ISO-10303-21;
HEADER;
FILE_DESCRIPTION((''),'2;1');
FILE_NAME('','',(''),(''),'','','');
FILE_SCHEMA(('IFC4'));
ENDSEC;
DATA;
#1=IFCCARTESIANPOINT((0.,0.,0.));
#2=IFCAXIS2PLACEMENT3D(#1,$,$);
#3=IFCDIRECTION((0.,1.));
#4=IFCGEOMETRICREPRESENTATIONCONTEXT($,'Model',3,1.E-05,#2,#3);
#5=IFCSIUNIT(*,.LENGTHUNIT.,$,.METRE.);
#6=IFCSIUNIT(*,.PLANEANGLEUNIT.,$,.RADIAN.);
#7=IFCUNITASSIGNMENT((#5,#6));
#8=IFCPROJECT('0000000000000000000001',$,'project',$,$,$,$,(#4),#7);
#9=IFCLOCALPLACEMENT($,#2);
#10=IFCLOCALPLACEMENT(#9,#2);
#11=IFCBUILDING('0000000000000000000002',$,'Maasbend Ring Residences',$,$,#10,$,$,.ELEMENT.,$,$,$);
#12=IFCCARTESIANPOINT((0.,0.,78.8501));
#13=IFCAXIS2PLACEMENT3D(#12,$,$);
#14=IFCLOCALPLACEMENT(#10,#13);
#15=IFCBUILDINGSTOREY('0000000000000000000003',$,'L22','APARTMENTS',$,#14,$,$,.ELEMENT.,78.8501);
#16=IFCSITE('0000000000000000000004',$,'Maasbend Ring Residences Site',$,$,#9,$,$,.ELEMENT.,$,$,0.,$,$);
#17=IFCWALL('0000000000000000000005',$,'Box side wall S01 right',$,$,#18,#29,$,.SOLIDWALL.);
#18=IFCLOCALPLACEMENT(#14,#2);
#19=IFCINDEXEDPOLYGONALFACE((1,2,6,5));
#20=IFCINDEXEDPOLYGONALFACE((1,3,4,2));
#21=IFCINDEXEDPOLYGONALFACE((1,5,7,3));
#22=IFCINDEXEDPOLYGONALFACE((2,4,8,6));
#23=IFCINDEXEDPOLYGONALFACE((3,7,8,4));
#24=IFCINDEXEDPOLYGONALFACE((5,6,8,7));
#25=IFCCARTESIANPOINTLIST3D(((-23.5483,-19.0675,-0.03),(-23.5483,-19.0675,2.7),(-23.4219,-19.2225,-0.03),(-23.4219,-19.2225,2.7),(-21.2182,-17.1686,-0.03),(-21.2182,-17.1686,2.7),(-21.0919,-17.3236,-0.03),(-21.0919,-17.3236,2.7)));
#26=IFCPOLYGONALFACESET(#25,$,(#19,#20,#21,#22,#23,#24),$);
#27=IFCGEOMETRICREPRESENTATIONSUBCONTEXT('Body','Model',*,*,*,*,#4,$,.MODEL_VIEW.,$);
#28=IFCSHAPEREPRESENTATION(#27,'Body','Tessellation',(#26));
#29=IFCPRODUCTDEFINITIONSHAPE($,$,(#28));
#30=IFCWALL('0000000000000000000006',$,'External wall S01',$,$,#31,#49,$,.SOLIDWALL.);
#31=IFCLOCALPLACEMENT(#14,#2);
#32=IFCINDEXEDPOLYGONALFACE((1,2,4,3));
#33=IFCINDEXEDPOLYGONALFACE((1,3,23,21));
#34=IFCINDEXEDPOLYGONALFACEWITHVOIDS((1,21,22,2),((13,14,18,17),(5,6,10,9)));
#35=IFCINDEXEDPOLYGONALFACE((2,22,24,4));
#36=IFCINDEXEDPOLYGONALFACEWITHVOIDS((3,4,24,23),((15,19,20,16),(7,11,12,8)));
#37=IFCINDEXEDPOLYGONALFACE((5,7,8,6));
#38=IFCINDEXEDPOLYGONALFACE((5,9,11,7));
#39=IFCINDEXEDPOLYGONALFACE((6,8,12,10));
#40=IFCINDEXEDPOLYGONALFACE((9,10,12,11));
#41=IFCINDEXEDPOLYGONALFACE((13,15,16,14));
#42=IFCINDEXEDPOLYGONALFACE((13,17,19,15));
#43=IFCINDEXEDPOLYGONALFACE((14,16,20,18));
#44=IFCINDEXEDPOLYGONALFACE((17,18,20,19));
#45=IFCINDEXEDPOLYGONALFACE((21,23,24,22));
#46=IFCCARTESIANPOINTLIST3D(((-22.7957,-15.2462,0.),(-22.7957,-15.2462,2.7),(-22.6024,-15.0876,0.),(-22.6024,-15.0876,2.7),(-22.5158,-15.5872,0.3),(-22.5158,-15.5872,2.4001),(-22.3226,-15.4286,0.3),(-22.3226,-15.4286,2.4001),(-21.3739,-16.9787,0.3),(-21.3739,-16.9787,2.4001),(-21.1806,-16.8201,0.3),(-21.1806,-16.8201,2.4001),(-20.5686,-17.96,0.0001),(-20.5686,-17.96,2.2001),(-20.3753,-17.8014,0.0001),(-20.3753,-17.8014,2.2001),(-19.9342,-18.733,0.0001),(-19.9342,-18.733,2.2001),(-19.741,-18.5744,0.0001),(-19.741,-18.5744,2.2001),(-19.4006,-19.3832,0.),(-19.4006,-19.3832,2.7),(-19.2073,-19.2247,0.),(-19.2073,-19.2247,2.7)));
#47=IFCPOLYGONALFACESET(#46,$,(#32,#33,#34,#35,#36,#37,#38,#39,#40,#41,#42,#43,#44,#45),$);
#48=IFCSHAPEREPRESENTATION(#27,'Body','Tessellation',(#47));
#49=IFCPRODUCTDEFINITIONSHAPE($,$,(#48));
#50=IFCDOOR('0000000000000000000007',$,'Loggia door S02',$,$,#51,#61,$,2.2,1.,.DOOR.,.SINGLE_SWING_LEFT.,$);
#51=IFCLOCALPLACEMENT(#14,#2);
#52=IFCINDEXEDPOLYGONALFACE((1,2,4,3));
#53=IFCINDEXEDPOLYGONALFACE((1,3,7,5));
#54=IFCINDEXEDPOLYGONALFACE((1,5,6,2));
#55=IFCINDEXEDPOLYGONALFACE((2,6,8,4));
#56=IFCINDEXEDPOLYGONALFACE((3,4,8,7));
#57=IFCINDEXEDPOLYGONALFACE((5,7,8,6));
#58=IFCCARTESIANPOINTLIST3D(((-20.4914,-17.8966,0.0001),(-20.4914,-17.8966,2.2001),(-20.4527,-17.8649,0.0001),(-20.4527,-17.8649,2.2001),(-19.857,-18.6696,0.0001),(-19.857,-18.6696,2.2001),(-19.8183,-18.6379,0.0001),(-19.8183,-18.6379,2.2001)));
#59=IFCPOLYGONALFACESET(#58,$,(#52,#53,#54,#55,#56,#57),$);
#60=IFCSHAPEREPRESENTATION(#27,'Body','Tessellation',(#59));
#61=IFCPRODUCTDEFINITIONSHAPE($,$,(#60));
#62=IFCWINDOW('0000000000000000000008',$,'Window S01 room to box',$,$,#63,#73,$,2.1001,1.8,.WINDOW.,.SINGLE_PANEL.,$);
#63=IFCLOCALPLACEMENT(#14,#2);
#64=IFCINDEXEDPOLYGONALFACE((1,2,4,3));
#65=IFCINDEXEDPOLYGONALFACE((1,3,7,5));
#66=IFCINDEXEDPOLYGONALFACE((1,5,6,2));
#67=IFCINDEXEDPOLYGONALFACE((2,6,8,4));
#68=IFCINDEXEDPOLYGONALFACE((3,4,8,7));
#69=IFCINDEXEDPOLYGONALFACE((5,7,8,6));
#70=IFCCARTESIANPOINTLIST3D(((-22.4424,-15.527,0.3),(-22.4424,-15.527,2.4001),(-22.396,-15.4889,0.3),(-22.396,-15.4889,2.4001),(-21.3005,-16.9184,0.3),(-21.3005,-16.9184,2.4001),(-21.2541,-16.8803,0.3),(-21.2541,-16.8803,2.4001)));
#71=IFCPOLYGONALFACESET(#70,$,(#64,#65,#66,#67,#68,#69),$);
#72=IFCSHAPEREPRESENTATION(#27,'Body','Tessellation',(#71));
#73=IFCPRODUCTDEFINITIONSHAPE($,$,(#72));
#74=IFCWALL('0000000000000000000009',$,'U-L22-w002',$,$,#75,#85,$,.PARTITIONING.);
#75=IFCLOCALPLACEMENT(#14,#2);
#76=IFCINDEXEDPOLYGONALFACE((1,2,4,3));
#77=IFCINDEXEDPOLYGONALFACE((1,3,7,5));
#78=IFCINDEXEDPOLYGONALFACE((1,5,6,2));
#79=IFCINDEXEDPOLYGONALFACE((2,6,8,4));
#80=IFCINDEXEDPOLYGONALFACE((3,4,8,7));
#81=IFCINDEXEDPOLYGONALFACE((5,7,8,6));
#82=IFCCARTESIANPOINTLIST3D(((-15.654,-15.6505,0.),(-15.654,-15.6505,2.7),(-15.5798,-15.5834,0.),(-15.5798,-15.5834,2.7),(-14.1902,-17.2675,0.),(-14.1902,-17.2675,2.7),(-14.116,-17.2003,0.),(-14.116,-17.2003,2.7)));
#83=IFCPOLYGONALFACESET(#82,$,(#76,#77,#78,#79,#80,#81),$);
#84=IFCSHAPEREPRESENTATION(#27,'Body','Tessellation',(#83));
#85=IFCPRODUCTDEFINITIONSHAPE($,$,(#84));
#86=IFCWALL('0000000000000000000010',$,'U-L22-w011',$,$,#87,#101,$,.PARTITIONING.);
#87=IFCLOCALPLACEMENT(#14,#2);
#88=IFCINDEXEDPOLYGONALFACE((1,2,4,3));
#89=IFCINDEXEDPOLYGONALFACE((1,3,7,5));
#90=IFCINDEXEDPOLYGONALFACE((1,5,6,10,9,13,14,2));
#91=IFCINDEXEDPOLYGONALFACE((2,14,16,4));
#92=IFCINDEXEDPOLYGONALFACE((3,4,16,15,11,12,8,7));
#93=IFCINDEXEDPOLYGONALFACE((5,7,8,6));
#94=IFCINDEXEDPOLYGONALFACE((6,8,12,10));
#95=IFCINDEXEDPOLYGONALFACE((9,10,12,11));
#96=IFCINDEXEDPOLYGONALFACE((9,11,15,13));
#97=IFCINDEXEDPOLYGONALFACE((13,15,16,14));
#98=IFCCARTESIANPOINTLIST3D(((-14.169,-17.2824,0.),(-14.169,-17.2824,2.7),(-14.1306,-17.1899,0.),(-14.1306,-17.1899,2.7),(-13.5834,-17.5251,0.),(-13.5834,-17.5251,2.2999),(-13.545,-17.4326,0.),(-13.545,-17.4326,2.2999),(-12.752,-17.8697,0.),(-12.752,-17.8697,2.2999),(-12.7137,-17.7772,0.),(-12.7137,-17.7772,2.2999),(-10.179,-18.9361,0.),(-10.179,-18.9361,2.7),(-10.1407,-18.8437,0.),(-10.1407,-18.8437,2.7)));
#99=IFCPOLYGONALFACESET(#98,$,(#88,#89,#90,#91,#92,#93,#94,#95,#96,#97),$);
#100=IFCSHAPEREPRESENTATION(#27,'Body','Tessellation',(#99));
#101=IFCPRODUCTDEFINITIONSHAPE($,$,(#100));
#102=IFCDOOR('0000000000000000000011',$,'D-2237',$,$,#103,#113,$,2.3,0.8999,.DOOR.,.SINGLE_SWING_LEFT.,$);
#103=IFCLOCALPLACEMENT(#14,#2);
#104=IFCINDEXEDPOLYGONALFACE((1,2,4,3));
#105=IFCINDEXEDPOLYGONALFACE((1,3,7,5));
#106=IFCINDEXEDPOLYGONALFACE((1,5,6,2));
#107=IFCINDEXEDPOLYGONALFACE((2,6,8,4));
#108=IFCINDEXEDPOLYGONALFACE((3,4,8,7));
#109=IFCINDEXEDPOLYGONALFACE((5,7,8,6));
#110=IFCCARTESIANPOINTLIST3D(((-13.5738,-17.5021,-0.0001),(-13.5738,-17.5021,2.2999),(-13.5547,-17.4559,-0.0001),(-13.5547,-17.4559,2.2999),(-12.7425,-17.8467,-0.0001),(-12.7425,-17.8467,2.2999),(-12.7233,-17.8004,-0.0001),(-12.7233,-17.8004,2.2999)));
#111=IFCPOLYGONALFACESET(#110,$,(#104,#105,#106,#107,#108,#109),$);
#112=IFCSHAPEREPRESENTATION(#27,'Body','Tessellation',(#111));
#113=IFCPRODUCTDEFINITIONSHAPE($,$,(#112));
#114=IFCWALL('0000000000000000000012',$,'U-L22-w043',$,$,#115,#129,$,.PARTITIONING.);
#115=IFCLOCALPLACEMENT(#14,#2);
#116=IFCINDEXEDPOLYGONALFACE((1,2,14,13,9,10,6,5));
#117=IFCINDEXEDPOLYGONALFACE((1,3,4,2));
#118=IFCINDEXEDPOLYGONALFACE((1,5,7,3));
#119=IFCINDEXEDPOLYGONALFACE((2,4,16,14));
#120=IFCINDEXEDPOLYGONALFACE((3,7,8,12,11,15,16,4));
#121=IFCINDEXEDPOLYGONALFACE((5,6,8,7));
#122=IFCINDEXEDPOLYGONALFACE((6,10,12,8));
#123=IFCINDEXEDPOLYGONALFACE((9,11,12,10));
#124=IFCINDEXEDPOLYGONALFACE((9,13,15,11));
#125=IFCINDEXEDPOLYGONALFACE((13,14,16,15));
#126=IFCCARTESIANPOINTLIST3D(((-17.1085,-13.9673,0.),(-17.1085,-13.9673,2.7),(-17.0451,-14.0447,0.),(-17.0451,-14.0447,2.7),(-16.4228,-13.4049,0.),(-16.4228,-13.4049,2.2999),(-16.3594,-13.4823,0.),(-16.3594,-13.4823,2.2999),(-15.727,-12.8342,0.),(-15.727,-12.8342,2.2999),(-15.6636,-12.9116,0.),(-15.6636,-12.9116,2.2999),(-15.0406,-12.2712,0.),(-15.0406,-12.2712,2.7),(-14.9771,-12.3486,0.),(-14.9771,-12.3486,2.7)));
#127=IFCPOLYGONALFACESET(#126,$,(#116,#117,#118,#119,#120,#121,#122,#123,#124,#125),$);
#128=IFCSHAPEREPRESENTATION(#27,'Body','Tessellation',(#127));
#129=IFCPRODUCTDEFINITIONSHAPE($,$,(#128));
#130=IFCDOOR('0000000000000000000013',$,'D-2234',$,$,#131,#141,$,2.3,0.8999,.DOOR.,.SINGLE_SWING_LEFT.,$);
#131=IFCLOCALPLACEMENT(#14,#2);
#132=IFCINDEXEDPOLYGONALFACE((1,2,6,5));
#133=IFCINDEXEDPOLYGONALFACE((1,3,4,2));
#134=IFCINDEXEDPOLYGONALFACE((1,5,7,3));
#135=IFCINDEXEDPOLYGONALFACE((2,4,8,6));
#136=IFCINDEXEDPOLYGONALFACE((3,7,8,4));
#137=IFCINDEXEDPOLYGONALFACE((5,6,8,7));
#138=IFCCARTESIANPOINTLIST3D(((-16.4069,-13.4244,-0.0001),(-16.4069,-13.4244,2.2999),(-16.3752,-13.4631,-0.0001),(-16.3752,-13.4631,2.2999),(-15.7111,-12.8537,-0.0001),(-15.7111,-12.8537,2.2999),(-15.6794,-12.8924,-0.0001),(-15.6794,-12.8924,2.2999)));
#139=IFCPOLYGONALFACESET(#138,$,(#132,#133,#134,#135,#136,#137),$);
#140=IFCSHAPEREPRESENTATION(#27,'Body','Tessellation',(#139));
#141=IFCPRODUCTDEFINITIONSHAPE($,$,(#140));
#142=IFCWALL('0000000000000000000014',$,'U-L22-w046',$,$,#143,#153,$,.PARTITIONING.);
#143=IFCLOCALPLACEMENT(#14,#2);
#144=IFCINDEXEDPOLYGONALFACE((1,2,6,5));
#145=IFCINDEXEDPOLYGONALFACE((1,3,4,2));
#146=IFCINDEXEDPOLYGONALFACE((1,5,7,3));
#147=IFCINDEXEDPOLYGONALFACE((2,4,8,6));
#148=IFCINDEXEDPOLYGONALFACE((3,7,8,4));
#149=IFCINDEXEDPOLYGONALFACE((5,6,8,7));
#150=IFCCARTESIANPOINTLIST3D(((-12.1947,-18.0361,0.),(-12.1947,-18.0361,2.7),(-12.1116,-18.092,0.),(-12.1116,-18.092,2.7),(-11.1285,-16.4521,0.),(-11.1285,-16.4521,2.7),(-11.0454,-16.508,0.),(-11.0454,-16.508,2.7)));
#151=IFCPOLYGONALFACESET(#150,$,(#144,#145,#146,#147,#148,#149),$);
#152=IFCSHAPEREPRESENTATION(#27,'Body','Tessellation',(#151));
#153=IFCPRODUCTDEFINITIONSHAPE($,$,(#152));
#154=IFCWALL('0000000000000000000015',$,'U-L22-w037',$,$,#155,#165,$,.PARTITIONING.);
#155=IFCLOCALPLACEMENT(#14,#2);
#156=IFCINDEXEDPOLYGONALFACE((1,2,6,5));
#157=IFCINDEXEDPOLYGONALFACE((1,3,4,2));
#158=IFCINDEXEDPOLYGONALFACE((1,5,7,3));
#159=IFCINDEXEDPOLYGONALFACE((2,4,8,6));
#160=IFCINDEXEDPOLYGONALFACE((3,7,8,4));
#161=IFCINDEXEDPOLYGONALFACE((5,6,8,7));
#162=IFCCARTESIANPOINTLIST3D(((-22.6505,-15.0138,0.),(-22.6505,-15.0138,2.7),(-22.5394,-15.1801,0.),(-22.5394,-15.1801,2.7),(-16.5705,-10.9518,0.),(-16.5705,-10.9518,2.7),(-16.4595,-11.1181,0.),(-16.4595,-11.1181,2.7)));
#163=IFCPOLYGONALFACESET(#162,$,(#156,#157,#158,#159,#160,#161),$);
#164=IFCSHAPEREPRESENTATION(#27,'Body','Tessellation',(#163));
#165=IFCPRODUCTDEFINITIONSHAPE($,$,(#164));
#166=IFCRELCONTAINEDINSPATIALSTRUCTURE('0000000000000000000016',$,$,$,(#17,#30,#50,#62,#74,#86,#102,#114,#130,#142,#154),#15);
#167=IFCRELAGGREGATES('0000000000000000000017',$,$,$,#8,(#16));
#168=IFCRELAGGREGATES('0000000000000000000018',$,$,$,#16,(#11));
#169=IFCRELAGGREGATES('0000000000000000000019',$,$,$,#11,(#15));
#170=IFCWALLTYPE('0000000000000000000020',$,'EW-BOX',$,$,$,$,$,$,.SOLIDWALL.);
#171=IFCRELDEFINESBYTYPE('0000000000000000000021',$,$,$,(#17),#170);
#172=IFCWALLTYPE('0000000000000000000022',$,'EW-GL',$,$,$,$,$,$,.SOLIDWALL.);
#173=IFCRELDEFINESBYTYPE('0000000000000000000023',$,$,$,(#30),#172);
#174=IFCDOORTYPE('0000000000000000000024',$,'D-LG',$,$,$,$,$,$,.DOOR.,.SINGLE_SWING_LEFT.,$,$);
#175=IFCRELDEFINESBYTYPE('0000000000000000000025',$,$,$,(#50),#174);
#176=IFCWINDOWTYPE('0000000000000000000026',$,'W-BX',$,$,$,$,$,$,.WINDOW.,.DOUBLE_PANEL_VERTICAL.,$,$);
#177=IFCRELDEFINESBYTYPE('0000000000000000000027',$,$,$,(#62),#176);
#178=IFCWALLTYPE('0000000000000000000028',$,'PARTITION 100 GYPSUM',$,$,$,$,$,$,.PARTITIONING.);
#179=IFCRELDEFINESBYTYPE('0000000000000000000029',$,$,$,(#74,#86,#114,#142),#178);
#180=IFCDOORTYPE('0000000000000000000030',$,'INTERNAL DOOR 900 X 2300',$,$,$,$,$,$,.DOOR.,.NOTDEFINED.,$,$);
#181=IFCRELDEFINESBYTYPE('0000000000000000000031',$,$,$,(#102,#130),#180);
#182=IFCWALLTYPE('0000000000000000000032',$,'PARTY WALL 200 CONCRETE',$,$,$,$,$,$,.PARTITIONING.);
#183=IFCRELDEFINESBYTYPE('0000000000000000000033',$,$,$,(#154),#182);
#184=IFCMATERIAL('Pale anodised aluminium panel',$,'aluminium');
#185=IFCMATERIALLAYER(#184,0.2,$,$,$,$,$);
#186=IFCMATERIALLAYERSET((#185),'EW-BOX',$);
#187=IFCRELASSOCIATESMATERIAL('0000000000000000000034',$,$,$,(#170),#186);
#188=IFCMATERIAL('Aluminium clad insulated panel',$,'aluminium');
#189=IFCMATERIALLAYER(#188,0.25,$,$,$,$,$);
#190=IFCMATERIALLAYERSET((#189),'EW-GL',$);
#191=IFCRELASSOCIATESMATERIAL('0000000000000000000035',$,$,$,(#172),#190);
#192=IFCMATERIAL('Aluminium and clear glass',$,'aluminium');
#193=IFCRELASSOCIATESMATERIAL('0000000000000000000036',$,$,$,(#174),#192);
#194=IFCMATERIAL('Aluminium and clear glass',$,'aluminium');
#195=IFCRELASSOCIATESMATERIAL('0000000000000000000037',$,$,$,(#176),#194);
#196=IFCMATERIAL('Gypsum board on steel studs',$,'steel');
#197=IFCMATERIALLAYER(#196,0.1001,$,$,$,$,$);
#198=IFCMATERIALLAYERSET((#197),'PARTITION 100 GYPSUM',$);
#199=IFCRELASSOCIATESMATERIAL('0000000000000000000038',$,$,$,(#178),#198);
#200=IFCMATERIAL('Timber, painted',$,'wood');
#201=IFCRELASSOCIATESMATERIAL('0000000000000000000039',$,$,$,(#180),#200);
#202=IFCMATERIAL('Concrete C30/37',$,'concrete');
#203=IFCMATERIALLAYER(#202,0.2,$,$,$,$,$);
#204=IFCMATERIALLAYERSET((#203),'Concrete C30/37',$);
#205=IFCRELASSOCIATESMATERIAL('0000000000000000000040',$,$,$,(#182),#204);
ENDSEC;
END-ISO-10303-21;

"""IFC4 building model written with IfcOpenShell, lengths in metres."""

from ifc_helpers import new_model, si_unit, direction, frame, frame_2d, origin, place, context, subcontext, project, spatial, rectangle, extrude, material, layer, layer_set, type_object, element, fill, save


model = new_model("IFC4")

# Units and contexts
model_context = context("Model", 3, precision=1e-05, world=origin(), true_north=direction((0.0, 1.0)))
body_context = subcontext(model_context, "Body", "Model", "MODEL_VIEW")
ifc_project = project(units=[si_unit("LENGTHUNIT", "METRE"), si_unit("PLANEANGLEUNIT", "RADIAN")], contexts=[model_context])

# Site, building, storey
site_placement = place(None, origin())
site = spatial("IfcSite", under=ifc_project, at=site_placement, Name="Maasbend Ring Residences Site", CompositionType="ELEMENT", RefElevation=0.0)
building_placement = place(site_placement, origin())
building = spatial("IfcBuilding", under=site, at=building_placement, Name="Maasbend Ring Residences", CompositionType="ELEMENT")
storey_placement = place(building_placement, frame((0.0, 0.0, 78.8501)))
storey = spatial("IfcBuildingStorey", under=building, at=storey_placement, Name="L22", Description="APARTMENTS", CompositionType="ELEMENT", Elevation=78.8501)

# Shared definitions
ifc_material_1 = material(Name="Pale anodised aluminium panel", Category="aluminium")
ifc_layer_1 = layer(ifc_material_1, 0.2)
ifc_layer_set_1 = layer_set([ifc_layer_1], Name="EW-BOX")
wall_type_1 = type_object("IfcWallType", Name="EW-BOX", PredefinedType="SOLIDWALL", material=ifc_layer_set_1)

# Wall
wall_1_placement = place(storey_placement, frame((-21.155, -17.2461, -0.03), z_axis=(0.0, 0.0, 1.0), x_axis=(-0.775179, -0.631742, 0.0)))
element("IfcWall", 1, at=wall_1_placement, inside=storey, type_object=wall_type_1, Name="Box side wall S01 right", PredefinedType="SOLIDWALL", context=body_context, shape_type="SweptSolid", body=[
    extrude(rectangle(XDim=3.0059, YDim=0.2, at=frame_2d((1.5029, 0.0))), origin(), (0.0, 0.0, 1.0), 2.73),
])

# Wall, openings, door, window
ifc_material_2 = material(Name="Aluminium clad insulated panel", Category="aluminium")
ifc_layer_2 = layer(ifc_material_2, 0.25)
ifc_layer_set_2 = layer_set([ifc_layer_2], Name="EW-GL")
wall_type_2 = type_object("IfcWallType", Name="EW-GL", PredefinedType="SOLIDWALL", material=ifc_layer_set_2)
wall_2_placement = place(storey_placement, frame((-22.699, -15.167, 0.0), z_axis=(0.0, 0.0, 1.0), x_axis=(0.634382, -0.773019, 0.0)))
wall_2 = element("IfcWall", 2, at=wall_2_placement, inside=storey, type_object=wall_type_2, Name="External wall S01", PredefinedType="SOLIDWALL", context=body_context, shape_type="SweptSolid", body=[
    extrude(rectangle(XDim=5.3518, YDim=0.25, at=frame_2d((2.6758, 0.0))), origin(), (0.0, 0.0, 1.0), 2.7),
])
opening_1_placement = place(wall_2_placement, frame((0.4412, 0.0, 0.3)))
opening_1 = element("IfcOpeningElement", 3, at=opening_1_placement, cuts=wall_2, PredefinedType="OPENING", context=body_context, shape_type="SweptSolid", body=[
    extrude(rectangle(XDim=1.8, YDim=2.1001, at=frame_2d((0.8999, 1.05))), frame((0.0, 0.135, 0.0), z_axis=(0.0, -1.0, 0.0), x_axis=(1.0, 0.0, 0.0)), (0.0, 0.0, 1.0), 0.27),
])
opening_2_placement = place(wall_2_placement, frame((3.5105, 0.0, 0.0)))
opening_2 = element("IfcOpeningElement", 4, at=opening_2_placement, cuts=wall_2, PredefinedType="OPENING", context=body_context, shape_type="SweptSolid", body=[
    extrude(rectangle(XDim=1.0, YDim=2.2, at=frame_2d((0.5, 1.1001))), frame((0.0, 0.135, 0.0), z_axis=(0.0, -1.0, 0.0), x_axis=(1.0, 0.0, 0.0)), (0.0, 0.0, 1.0), 0.27),
])
ifc_material_3 = material(Name="Aluminium and clear glass", Category="aluminium")
door_type_1 = type_object("IfcDoorType", Name="D-LG", OperationType="SINGLE_SWING_LEFT", PredefinedType="DOOR", material=ifc_material_3)
door_1_placement = place(opening_2_placement, origin())
door_1 = element("IfcDoor", 5, at=door_1_placement, inside=storey, type_object=door_type_1, Name="Loggia door S02", OperationType="SINGLE_SWING_LEFT", OverallHeight=2.2, OverallWidth=1.0, PredefinedType="DOOR", context=body_context, shape_type="SweptSolid", body=[
    extrude(rectangle(XDim=1.0, YDim=2.2, at=frame_2d((0.5, 1.1001))), frame((0.0, 0.0249, 0.0), z_axis=(0.0, -1.0, 0.0), x_axis=(1.0, 0.0, 0.0)), (0.0, 0.0, 1.0), 0.05),
])
fill(opening_2, door_1)
ifc_material_4 = material(Name="Aluminium and clear glass", Category="aluminium")
window_type_1 = type_object("IfcWindowType", Name="W-BX", PartitioningType="DOUBLE_PANEL_VERTICAL", PredefinedType="WINDOW", material=ifc_material_4)
window_1_placement = place(opening_1_placement, origin())
window_1 = element("IfcWindow", 6, at=window_1_placement, inside=storey, type_object=window_type_1, Name="Window S01 room to box", OverallHeight=2.1001, OverallWidth=1.8, PartitioningType="SINGLE_PANEL", PredefinedType="WINDOW", context=body_context, shape_type="SweptSolid", body=[
    extrude(rectangle(XDim=1.8, YDim=2.1001, at=frame_2d((0.8999, 1.05))), frame((0.0, 0.03, 0.0), z_axis=(0.0, -1.0, 0.0), x_axis=(1.0, 0.0, 0.0)), (0.0, 0.0, 1.0), 0.0601),
])
fill(opening_1, window_1)

# Wall
ifc_material_5 = material(Name="Gypsum board on steel studs", Category="steel")
ifc_layer_3 = layer(ifc_material_5, 0.1001)
ifc_layer_set_3 = layer_set([ifc_layer_3], Name="PARTITION 100 GYPSUM")
wall_type_3 = type_object("IfcWallType", Name="PARTITION 100 GYPSUM", PredefinedType="PARTITIONING", material=ifc_layer_set_3)
wall_3_placement = place(storey_placement, frame((-15.6169, -15.6169, 0.0), z_axis=(0.0, 0.0, 1.0), x_axis=(0.671145, -0.741326, 0.0)))
element("IfcWall", 7, at=wall_3_placement, inside=storey, type_object=wall_type_3, Name="U-L22-w002", PredefinedType="PARTITIONING", context=body_context, shape_type="SweptSolid", body=[
    extrude(rectangle(XDim=2.1812, YDim=0.1001, at=frame_2d((1.0906, 0.0))), origin(), (0.0, 0.0, 1.0), 2.7),
])

# Walls, openings, doors
wall_4_placement = place(storey_placement, frame((-14.1499, -17.2361, 0.0), z_axis=(0.0, 0.0, 1.0), x_axis=(0.923789, -0.382901, 0.0)))
wall_4 = element("IfcWall", 8, at=wall_4_placement, inside=storey, type_object=wall_type_3, Name="U-L22-w011", PredefinedType="PARTITIONING", context=body_context, shape_type="SweptSolid", body=[
    extrude(rectangle(XDim=4.3191, YDim=0.1001, at=frame_2d((2.1597, 0.0))), origin(), (0.0, 0.0, 1.0), 2.7),
])
opening_3_placement = place(wall_4_placement, frame((0.634, 0.0, 0.0)))
opening_3 = element("IfcOpeningElement", 9, at=opening_3_placement, cuts=wall_4, PredefinedType="OPENING", context=body_context, shape_type="SweptSolid", body=[
    extrude(rectangle(XDim=0.8999, YDim=2.3, at=frame_2d((0.45, 1.1499))), frame((0.0, 0.0601, 0.0), z_axis=(0.0, -1.0, 0.0), x_axis=(1.0, 0.0, 0.0)), (0.0, 0.0, 1.0), 0.1201),
])
ifc_material_6 = material(Name="Timber, painted", Category="wood")
door_type_2 = type_object("IfcDoorType", Name="INTERNAL DOOR 900 X 2300", OperationType="NOTDEFINED", PredefinedType="DOOR", material=ifc_material_6)
door_2_placement = place(opening_3_placement, origin())
door_2 = element("IfcDoor", 10, at=door_2_placement, inside=storey, type_object=door_type_2, Name="D-2237", OperationType="SINGLE_SWING_LEFT", OverallHeight=2.3, OverallWidth=0.8999, PredefinedType="DOOR", context=body_context, shape_type="SweptSolid", body=[
    extrude(rectangle(XDim=0.8999, YDim=2.3, at=frame_2d((0.45, 1.1499))), frame((0.0, 0.0249, 0.0), z_axis=(0.0, -1.0, 0.0), x_axis=(1.0, 0.0, 0.0)), (0.0, 0.0, 1.0), 0.05),
])
fill(opening_3, door_2)
wall_5_placement = place(storey_placement, frame((-17.0769, -14.0061, 0.0), z_axis=(0.0, 0.0, 1.0), x_axis=(0.773196, 0.634167, 0.0)))
wall_5 = element("IfcWall", 11, at=wall_5_placement, inside=storey, type_object=wall_type_3, Name="U-L22-w043", PredefinedType="PARTITIONING", context=body_context, shape_type="SweptSolid", body=[
    extrude(rectangle(XDim=2.6746, YDim=0.1001, at=frame_2d((1.3374, 0.0))), origin(), (0.0, 0.0, 1.0), 2.7),
])
opening_4_placement = place(wall_5_placement, frame((0.887, 0.0, 0.0)))
opening_4 = element("IfcOpeningElement", 12, at=opening_4_placement, cuts=wall_5, PredefinedType="OPENING", context=body_context, shape_type="SweptSolid", body=[
    extrude(rectangle(XDim=0.8999, YDim=2.3, at=frame_2d((0.45, 1.1499))), frame((0.0, 0.0601, 0.0), z_axis=(0.0, -1.0, 0.0), x_axis=(1.0, 0.0, 0.0)), (0.0, 0.0, 1.0), 0.1201),
])
door_3_placement = place(opening_4_placement, origin())
door_3 = element("IfcDoor", 13, at=door_3_placement, inside=storey, type_object=door_type_2, Name="D-2234", OperationType="SINGLE_SWING_LEFT", OverallHeight=2.3, OverallWidth=0.8999, PredefinedType="DOOR", context=body_context, shape_type="SweptSolid", body=[
    extrude(rectangle(XDim=0.8999, YDim=2.3, at=frame_2d((0.45, 1.1499))), frame((0.0, 0.0249, 0.0), z_axis=(0.0, -1.0, 0.0), x_axis=(1.0, 0.0, 0.0)), (0.0, 0.0, 1.0), 0.05),
])
fill(opening_4, door_3)

# Walls
wall_6_placement = place(storey_placement, frame((-12.1531, -18.064, 0.0), z_axis=(0.0, 0.0, 1.0), x_axis=(0.558383, 0.829583, 0.0)))
element("IfcWall", 14, at=wall_6_placement, inside=storey, type_object=wall_type_3, Name="U-L22-w046", PredefinedType="PARTITIONING", context=body_context, shape_type="SweptSolid", body=[
    extrude(rectangle(XDim=1.9094, YDim=0.1001, at=frame_2d((0.9546, 0.0))), origin(), (0.0, 0.0, 1.0), 2.7),
])
ifc_material_7 = material(Name="Concrete C30/37", Category="concrete")
ifc_layer_4 = layer(ifc_material_7, 0.2)
ifc_layer_set_4 = layer_set([ifc_layer_4], Name="Concrete C30/37")
wall_type_4 = type_object("IfcWallType", Name="PARTY WALL 200 CONCRETE", PredefinedType="PARTITIONING", material=ifc_layer_set_4)
wall_7_placement = place(storey_placement, frame((-22.595, -15.0969, 0.0), z_axis=(0.0, 0.0, 1.0), x_axis=(0.831505, 0.555517, 0.0)))
element("IfcWall", 15, at=wall_7_placement, inside=storey, type_object=wall_type_4, Name="U-L22-w037", PredefinedType="PARTITIONING", context=body_context, shape_type="SweptSolid", body=[
    extrude(rectangle(XDim=7.312, YDim=0.2, at=frame_2d((3.656, 0.0))), origin(), (0.0, 0.0, 1.0), 2.7),
])

save(model, "model.ifc")
